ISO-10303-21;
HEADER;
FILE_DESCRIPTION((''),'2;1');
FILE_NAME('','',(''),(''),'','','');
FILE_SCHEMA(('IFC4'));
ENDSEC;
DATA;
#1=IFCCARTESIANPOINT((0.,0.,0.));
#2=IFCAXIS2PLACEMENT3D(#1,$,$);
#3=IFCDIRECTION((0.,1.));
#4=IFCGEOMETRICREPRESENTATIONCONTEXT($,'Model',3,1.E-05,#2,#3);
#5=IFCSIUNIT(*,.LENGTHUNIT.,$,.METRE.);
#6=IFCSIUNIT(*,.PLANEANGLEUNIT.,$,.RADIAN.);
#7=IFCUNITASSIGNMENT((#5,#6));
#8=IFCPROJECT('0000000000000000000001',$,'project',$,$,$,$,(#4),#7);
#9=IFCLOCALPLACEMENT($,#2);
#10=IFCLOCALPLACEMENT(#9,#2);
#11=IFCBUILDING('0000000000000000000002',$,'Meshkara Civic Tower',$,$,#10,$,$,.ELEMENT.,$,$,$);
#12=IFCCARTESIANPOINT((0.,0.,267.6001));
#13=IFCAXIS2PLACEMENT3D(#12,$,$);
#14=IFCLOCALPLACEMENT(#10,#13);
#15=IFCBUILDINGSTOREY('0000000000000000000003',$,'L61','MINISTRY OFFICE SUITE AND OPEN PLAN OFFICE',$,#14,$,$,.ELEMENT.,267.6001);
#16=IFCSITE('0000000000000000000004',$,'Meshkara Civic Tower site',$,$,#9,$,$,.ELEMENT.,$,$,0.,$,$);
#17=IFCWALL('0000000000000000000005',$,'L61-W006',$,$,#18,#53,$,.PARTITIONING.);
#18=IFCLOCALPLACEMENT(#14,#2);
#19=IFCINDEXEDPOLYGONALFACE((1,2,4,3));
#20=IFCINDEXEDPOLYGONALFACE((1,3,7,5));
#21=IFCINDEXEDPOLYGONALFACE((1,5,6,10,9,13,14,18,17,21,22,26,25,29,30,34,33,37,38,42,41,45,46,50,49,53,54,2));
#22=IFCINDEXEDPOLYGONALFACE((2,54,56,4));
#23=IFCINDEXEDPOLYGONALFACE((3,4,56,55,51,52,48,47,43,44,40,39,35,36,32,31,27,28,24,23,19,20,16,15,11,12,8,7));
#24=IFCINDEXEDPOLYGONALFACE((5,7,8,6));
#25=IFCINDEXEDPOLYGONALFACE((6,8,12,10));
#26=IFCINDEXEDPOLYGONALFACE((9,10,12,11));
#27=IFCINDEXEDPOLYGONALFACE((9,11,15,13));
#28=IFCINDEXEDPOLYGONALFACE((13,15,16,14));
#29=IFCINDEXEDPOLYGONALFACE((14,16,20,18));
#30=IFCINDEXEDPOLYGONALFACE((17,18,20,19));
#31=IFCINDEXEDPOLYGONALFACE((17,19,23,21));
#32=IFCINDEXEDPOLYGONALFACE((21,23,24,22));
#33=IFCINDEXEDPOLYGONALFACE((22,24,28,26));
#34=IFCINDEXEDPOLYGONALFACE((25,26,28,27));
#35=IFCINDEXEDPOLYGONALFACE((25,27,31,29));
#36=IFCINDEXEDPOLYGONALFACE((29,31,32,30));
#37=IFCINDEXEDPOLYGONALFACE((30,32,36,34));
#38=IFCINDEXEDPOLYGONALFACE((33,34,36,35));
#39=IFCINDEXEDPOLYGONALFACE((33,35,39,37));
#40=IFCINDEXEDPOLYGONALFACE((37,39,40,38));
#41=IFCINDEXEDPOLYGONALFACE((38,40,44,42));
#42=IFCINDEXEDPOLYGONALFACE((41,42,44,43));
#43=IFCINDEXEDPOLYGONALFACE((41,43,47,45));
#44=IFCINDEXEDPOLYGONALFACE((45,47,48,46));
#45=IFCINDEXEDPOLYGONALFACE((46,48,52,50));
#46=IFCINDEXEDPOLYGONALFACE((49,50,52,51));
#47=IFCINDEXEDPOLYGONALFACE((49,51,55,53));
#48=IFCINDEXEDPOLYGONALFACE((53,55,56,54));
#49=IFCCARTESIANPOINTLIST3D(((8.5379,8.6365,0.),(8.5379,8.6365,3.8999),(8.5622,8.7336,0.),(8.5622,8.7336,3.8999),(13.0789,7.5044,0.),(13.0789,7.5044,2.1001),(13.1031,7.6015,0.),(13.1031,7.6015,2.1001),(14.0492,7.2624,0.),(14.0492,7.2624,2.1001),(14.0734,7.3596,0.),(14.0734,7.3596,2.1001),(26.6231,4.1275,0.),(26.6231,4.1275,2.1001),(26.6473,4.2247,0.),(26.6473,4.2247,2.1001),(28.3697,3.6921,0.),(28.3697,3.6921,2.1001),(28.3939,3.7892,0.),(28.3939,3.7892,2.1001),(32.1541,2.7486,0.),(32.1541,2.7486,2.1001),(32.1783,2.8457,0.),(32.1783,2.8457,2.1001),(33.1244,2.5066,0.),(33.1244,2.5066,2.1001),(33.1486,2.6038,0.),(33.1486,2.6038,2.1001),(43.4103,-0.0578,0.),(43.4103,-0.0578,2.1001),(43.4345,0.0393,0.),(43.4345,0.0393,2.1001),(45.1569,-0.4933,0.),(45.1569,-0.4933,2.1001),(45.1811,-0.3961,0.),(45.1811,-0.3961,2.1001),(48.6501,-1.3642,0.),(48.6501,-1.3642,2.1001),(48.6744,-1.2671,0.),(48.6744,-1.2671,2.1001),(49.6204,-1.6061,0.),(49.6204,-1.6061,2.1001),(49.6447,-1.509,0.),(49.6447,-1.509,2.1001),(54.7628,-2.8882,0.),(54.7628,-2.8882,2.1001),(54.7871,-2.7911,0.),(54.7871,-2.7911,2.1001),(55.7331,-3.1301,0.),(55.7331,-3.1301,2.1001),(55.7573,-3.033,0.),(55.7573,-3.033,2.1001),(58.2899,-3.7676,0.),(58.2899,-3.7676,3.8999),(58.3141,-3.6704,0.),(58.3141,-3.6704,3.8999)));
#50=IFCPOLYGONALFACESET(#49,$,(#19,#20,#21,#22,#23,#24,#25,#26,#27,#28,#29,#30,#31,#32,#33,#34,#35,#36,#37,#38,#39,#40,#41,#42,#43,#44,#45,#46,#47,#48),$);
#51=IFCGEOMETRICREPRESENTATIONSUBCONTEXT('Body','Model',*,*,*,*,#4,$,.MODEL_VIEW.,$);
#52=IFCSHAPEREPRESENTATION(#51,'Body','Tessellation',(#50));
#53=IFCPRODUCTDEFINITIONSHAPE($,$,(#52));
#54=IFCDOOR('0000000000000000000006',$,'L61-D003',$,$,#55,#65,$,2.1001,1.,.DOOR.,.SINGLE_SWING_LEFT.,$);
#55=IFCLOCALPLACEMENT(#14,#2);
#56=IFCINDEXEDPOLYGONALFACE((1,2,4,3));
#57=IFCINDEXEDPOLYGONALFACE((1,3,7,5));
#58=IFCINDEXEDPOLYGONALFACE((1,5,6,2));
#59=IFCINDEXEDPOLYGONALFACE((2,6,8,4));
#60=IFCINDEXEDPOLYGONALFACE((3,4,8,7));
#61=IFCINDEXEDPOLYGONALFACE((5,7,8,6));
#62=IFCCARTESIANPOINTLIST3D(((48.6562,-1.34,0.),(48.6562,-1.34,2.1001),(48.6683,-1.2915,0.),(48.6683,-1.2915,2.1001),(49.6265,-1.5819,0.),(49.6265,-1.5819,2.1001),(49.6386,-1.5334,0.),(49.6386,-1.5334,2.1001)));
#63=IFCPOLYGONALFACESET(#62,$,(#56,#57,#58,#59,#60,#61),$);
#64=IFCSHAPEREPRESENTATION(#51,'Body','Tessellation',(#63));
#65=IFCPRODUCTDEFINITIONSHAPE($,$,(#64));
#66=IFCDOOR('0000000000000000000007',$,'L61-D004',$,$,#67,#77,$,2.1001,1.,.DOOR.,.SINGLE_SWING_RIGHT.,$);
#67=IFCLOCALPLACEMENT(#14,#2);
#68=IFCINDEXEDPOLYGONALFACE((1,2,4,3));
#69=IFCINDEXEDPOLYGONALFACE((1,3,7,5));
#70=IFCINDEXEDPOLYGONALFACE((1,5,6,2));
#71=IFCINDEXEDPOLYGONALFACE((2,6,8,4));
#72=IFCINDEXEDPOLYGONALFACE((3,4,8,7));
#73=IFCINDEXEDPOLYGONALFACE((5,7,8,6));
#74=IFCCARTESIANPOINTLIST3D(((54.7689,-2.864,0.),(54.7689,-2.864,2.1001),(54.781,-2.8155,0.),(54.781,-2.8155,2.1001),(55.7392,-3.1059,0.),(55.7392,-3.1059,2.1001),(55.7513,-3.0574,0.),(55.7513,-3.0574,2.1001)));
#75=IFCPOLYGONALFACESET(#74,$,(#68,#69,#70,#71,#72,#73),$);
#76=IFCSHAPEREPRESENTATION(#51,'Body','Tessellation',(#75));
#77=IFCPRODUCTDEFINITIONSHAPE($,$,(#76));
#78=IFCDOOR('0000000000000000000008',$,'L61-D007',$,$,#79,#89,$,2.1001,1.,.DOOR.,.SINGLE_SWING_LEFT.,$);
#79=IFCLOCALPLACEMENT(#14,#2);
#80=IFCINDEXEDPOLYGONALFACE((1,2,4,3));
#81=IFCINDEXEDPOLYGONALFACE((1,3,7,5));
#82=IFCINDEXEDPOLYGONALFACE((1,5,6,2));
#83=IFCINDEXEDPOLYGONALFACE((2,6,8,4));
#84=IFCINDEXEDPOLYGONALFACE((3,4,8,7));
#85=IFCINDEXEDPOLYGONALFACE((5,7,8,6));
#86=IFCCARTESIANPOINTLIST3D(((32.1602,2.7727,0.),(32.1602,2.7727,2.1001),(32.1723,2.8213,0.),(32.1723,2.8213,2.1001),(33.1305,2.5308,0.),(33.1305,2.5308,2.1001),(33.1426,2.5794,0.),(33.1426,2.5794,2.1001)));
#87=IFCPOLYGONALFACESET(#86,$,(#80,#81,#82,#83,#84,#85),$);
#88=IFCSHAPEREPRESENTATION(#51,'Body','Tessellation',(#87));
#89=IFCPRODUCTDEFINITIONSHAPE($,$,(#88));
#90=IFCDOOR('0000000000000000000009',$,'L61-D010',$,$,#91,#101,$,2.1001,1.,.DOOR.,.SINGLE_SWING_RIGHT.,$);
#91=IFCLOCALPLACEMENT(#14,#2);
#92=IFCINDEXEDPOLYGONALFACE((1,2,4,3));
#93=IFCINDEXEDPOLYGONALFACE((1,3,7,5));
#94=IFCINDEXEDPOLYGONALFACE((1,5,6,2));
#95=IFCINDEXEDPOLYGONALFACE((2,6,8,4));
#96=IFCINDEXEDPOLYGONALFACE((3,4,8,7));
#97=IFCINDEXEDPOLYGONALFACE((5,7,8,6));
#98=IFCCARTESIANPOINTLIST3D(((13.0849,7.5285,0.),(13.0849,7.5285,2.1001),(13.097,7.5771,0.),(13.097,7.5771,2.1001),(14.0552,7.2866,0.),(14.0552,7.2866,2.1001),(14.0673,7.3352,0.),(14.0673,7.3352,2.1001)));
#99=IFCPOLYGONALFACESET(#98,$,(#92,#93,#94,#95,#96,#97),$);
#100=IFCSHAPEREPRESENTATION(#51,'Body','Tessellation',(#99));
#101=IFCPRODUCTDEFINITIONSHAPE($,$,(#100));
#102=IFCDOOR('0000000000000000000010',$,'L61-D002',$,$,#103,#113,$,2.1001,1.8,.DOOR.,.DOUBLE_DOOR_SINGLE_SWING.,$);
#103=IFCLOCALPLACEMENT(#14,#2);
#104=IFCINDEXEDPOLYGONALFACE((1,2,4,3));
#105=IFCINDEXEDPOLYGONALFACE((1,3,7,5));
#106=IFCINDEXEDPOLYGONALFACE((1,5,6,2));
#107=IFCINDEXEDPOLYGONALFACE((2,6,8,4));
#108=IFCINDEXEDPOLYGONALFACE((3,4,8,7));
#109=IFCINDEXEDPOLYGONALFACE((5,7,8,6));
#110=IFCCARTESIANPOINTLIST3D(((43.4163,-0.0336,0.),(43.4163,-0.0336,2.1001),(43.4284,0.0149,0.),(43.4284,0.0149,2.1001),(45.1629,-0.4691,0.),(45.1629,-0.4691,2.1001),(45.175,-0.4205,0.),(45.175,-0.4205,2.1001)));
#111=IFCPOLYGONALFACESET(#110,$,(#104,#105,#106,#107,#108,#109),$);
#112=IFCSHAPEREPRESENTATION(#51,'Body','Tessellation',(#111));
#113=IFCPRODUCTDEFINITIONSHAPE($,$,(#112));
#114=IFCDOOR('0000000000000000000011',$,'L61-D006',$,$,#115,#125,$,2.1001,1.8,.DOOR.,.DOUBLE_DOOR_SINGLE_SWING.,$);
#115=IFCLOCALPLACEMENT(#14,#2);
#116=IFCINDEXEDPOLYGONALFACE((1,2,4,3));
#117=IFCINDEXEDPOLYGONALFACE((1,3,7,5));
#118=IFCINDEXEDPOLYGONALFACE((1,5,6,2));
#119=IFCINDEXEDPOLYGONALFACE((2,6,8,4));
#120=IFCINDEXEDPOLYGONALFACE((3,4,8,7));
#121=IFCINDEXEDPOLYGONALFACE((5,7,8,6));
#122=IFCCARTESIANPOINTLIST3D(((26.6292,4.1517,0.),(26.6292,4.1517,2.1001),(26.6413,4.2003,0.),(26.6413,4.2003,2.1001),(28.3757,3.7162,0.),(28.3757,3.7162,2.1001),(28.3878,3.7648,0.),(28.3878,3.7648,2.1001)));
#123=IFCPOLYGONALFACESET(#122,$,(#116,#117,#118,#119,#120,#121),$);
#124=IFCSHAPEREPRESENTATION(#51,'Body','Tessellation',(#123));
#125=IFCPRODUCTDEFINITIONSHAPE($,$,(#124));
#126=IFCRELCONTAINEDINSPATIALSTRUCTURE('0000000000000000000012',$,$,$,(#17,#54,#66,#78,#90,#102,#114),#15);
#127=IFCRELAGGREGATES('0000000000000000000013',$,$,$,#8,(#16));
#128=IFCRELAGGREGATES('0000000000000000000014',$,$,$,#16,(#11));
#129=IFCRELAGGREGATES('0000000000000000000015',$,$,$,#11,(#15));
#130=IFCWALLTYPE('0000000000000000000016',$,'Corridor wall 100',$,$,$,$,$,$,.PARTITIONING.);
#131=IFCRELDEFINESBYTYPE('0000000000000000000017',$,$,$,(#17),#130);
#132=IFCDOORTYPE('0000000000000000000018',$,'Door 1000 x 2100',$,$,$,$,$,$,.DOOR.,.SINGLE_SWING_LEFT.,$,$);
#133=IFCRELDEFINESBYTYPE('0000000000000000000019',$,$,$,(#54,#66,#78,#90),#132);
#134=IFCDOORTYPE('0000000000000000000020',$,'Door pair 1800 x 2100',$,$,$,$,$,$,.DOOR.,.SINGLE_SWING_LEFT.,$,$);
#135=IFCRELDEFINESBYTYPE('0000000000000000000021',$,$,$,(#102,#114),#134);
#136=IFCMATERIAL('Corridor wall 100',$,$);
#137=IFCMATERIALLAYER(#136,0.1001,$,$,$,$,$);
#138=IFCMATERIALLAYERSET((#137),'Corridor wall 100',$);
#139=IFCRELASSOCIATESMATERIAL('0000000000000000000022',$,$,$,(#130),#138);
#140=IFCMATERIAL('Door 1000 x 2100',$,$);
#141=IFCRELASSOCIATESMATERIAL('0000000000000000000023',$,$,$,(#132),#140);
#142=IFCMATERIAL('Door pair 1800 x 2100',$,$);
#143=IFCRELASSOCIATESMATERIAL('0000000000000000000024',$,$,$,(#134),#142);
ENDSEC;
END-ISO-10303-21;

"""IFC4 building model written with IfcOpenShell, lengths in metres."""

from ifc_helpers import new_model, si_unit, direction, frame, frame_2d, origin, place, context, subcontext, project, spatial, rectangle, extrude, material, layer, layer_set, type_object, element, fill, save


model = new_model("IFC4")

# Units and contexts
model_context = context("Model", 3, precision=1e-05, world=origin(), true_north=direction((0.0, 1.0)))
body_context = subcontext(model_context, "Body", "Model", "MODEL_VIEW")
ifc_project = project(units=[si_unit("LENGTHUNIT", "METRE"), si_unit("PLANEANGLEUNIT", "RADIAN")], contexts=[model_context])

# Site, building, storey
site_placement = place(None, origin())
site = spatial("IfcSite", under=ifc_project, at=site_placement, Name="Meshkara Civic Tower site", CompositionType="ELEMENT", RefElevation=0.0)
building_placement = place(site_placement, origin())
building = spatial("IfcBuilding", under=site, at=building_placement, Name="Meshkara Civic Tower", CompositionType="ELEMENT")
storey_placement = place(building_placement, frame((0.0, 0.0, 267.6001)))
storey = spatial("IfcBuildingStorey", under=building, at=storey_placement, Name="L61", Description="MINISTRY OFFICE SUITE AND OPEN PLAN OFFICE", CompositionType="ELEMENT", Elevation=267.6001)

# Wall, openings, doors
ifc_material_1 = material(Name="Corridor wall 100")
ifc_layer_1 = layer(ifc_material_1, 0.1001)
ifc_layer_set_1 = layer_set([ifc_layer_1], Name="Corridor wall 100")
wall_type_1 = type_object("IfcWallType", Name="Corridor wall 100", PredefinedType="PARTITIONING", material=ifc_layer_set_1)
wall_1_placement = place(storey_placement, frame((8.55, 8.6851, 0.0), z_axis=(0.0, 0.0, 1.0), x_axis=(0.970298, -0.241913, 0.0)))
wall_1 = element("IfcWall", 1, at=wall_1_placement, inside=storey, type_object=wall_type_1, Name="L61-W006", PredefinedType="PARTITIONING", context=body_context, shape_type="SweptSolid", body=[
    extrude(rectangle(XDim=51.2749, YDim=0.1001, at=frame_2d((25.6375, 0.0))), origin(), (0.0, 0.0, 1.0), 3.8999),
])
opening_1_placement = place(wall_1_placement, frame((35.9399, 0.0, 0.0)))
opening_1 = element("IfcOpeningElement", 2, at=opening_1_placement, cuts=wall_1, PredefinedType="OPENING", context=body_context, shape_type="SweptSolid", body=[
    extrude(rectangle(XDim=1.8, YDim=2.1001, at=frame_2d((0.8999, 1.05))), frame((0.0, 0.0601, 0.0), z_axis=(0.0, -1.0, 0.0), x_axis=(1.0, 0.0, 0.0)), (0.0, 0.0, 1.0), 0.1201),
])
opening_2_placement = place(wall_1_placement, frame((41.3401, 0.0, 0.0)))
opening_2 = element("IfcOpeningElement", 3, at=opening_2_placement, cuts=wall_1, PredefinedType="OPENING", context=body_context, shape_type="SweptSolid", body=[
    extrude(rectangle(XDim=1.0, YDim=2.1001, at=frame_2d((0.5, 1.05))), frame((0.0, 0.0601, 0.0), z_axis=(0.0, -1.0, 0.0), x_axis=(1.0, 0.0, 0.0)), (0.0, 0.0, 1.0), 0.1201),
])
opening_3_placement = place(wall_1_placement, frame((47.6399, 0.0, 0.0)))
opening_3 = element("IfcOpeningElement", 4, at=opening_3_placement, cuts=wall_1, PredefinedType="OPENING", context=body_context, shape_type="SweptSolid", body=[
    extrude(rectangle(XDim=1.0, YDim=2.1001, at=frame_2d((0.5, 1.05))), frame((0.0, 0.0601, 0.0), z_axis=(0.0, -1.0, 0.0), x_axis=(1.0, 0.0, 0.0)), (0.0, 0.0, 1.0), 0.1201),
])
opening_4_placement = place(wall_1_placement, frame((18.6389, 0.0, 0.0)))
opening_4 = element("IfcOpeningElement", 5, at=opening_4_placement, cuts=wall_1, PredefinedType="OPENING", context=body_context, shape_type="SweptSolid", body=[
    extrude(rectangle(XDim=1.8, YDim=2.1001, at=frame_2d((0.8999, 1.05))), frame((0.0, 0.0601, 0.0), z_axis=(0.0, -1.0, 0.0), x_axis=(1.0, 0.0, 0.0)), (0.0, 0.0, 1.0), 0.1201),
])
opening_5_placement = place(wall_1_placement, frame((24.3391, 0.0, 0.0)))
opening_5 = element("IfcOpeningElement", 6, at=opening_5_placement, cuts=wall_1, PredefinedType="OPENING", context=body_context, shape_type="SweptSolid", body=[
    extrude(rectangle(XDim=1.0, YDim=2.1001, at=frame_2d((0.5, 1.05))), frame((0.0, 0.0601, 0.0), z_axis=(0.0, -1.0, 0.0), x_axis=(1.0, 0.0, 0.0)), (0.0, 0.0, 1.0), 0.1201),
])
opening_6_placement = place(wall_1_placement, frame((4.6799, 0.0, 0.0)))
opening_6 = element("IfcOpeningElement", 7, at=opening_6_placement, cuts=wall_1, PredefinedType="OPENING", context=body_context, shape_type="SweptSolid", body=[
    extrude(rectangle(XDim=1.0, YDim=2.1001, at=frame_2d((0.5, 1.05))), frame((0.0, 0.0601, 0.0), z_axis=(0.0, -1.0, 0.0), x_axis=(1.0, 0.0, 0.0)), (0.0, 0.0, 1.0), 0.1201),
])
ifc_material_2 = material(Name="Door 1000 x 2100")
door_type_1 = type_object("IfcDoorType", Name="Door 1000 x 2100", OperationType="SINGLE_SWING_LEFT", PredefinedType="DOOR", material=ifc_material_2)
door_1_placement = place(opening_2_placement, origin())
door_1 = element("IfcDoor", 8, at=door_1_placement, inside=storey, type_object=door_type_1, Name="L61-D003", OperationType="SINGLE_SWING_LEFT", OverallHeight=2.1001, OverallWidth=1.0, PredefinedType="DOOR", context=body_context, shape_type="SweptSolid", body=[
    extrude(rectangle(XDim=1.0, YDim=2.1001, at=frame_2d((0.5, 1.05))), frame((0.0, 0.0249, 0.0), z_axis=(0.0, -1.0, 0.0), x_axis=(1.0, 0.0, 0.0)), (0.0, 0.0, 1.0), 0.05),
])
fill(opening_2, door_1)
door_2_placement = place(opening_3_placement, origin())
door_2 = element("IfcDoor", 9, at=door_2_placement, inside=storey, type_object=door_type_1, Name="L61-D004", OperationType="SINGLE_SWING_RIGHT", OverallHeight=2.1001, OverallWidth=1.0, PredefinedType="DOOR", context=body_context, shape_type="SweptSolid", body=[
    extrude(rectangle(XDim=1.0, YDim=2.1001, at=frame_2d((0.5, 1.05))), frame((0.0, 0.0249, 0.0), z_axis=(0.0, -1.0, 0.0), x_axis=(1.0, 0.0, 0.0)), (0.0, 0.0, 1.0), 0.05),
])
fill(opening_3, door_2)
door_3_placement = place(opening_5_placement, origin())
door_3 = element("IfcDoor", 10, at=door_3_placement, inside=storey, type_object=door_type_1, Name="L61-D007", OperationType="SINGLE_SWING_LEFT", OverallHeight=2.1001, OverallWidth=1.0, PredefinedType="DOOR", context=body_context, shape_type="SweptSolid", body=[
    extrude(rectangle(XDim=1.0, YDim=2.1001, at=frame_2d((0.5, 1.05))), frame((0.0, 0.0249, 0.0), z_axis=(0.0, -1.0, 0.0), x_axis=(1.0, 0.0, 0.0)), (0.0, 0.0, 1.0), 0.05),
])
fill(opening_5, door_3)
door_4_placement = place(opening_6_placement, origin())
door_4 = element("IfcDoor", 11, at=door_4_placement, inside=storey, type_object=door_type_1, Name="L61-D010", OperationType="SINGLE_SWING_RIGHT", OverallHeight=2.1001, OverallWidth=1.0, PredefinedType="DOOR", context=body_context, shape_type="SweptSolid", body=[
    extrude(rectangle(XDim=1.0, YDim=2.1001, at=frame_2d((0.5, 1.05))), frame((0.0, 0.0249, 0.0), z_axis=(0.0, -1.0, 0.0), x_axis=(1.0, 0.0, 0.0)), (0.0, 0.0, 1.0), 0.05),
])
fill(opening_6, door_4)
ifc_material_3 = material(Name="Door pair 1800 x 2100")
door_type_2 = type_object("IfcDoorType", Name="Door pair 1800 x 2100", OperationType="SINGLE_SWING_LEFT", PredefinedType="DOOR", material=ifc_material_3)
door_5_placement = place(opening_1_placement, origin())
door_5 = element("IfcDoor", 12, at=door_5_placement, inside=storey, type_object=door_type_2, Name="L61-D002", OperationType="DOUBLE_DOOR_SINGLE_SWING", OverallHeight=2.1001, OverallWidth=1.8, PredefinedType="DOOR", context=body_context, shape_type="SweptSolid", body=[
    extrude(rectangle(XDim=1.8, YDim=2.1001, at=frame_2d((0.8999, 1.05))), frame((0.0, 0.0249, 0.0), z_axis=(0.0, -1.0, 0.0), x_axis=(1.0, 0.0, 0.0)), (0.0, 0.0, 1.0), 0.05),
])
fill(opening_1, door_5)
door_6_placement = place(opening_4_placement, origin())
door_6 = element("IfcDoor", 13, at=door_6_placement, inside=storey, type_object=door_type_2, Name="L61-D006", OperationType="DOUBLE_DOOR_SINGLE_SWING", OverallHeight=2.1001, OverallWidth=1.8, PredefinedType="DOOR", context=body_context, shape_type="SweptSolid", body=[
    extrude(rectangle(XDim=1.8, YDim=2.1001, at=frame_2d((0.8999, 1.05))), frame((0.0, 0.0249, 0.0), z_axis=(0.0, -1.0, 0.0), x_axis=(1.0, 0.0, 0.0)), (0.0, 0.0, 1.0), 0.05),
])
fill(opening_4, door_6)

save(model, "model.ifc")
